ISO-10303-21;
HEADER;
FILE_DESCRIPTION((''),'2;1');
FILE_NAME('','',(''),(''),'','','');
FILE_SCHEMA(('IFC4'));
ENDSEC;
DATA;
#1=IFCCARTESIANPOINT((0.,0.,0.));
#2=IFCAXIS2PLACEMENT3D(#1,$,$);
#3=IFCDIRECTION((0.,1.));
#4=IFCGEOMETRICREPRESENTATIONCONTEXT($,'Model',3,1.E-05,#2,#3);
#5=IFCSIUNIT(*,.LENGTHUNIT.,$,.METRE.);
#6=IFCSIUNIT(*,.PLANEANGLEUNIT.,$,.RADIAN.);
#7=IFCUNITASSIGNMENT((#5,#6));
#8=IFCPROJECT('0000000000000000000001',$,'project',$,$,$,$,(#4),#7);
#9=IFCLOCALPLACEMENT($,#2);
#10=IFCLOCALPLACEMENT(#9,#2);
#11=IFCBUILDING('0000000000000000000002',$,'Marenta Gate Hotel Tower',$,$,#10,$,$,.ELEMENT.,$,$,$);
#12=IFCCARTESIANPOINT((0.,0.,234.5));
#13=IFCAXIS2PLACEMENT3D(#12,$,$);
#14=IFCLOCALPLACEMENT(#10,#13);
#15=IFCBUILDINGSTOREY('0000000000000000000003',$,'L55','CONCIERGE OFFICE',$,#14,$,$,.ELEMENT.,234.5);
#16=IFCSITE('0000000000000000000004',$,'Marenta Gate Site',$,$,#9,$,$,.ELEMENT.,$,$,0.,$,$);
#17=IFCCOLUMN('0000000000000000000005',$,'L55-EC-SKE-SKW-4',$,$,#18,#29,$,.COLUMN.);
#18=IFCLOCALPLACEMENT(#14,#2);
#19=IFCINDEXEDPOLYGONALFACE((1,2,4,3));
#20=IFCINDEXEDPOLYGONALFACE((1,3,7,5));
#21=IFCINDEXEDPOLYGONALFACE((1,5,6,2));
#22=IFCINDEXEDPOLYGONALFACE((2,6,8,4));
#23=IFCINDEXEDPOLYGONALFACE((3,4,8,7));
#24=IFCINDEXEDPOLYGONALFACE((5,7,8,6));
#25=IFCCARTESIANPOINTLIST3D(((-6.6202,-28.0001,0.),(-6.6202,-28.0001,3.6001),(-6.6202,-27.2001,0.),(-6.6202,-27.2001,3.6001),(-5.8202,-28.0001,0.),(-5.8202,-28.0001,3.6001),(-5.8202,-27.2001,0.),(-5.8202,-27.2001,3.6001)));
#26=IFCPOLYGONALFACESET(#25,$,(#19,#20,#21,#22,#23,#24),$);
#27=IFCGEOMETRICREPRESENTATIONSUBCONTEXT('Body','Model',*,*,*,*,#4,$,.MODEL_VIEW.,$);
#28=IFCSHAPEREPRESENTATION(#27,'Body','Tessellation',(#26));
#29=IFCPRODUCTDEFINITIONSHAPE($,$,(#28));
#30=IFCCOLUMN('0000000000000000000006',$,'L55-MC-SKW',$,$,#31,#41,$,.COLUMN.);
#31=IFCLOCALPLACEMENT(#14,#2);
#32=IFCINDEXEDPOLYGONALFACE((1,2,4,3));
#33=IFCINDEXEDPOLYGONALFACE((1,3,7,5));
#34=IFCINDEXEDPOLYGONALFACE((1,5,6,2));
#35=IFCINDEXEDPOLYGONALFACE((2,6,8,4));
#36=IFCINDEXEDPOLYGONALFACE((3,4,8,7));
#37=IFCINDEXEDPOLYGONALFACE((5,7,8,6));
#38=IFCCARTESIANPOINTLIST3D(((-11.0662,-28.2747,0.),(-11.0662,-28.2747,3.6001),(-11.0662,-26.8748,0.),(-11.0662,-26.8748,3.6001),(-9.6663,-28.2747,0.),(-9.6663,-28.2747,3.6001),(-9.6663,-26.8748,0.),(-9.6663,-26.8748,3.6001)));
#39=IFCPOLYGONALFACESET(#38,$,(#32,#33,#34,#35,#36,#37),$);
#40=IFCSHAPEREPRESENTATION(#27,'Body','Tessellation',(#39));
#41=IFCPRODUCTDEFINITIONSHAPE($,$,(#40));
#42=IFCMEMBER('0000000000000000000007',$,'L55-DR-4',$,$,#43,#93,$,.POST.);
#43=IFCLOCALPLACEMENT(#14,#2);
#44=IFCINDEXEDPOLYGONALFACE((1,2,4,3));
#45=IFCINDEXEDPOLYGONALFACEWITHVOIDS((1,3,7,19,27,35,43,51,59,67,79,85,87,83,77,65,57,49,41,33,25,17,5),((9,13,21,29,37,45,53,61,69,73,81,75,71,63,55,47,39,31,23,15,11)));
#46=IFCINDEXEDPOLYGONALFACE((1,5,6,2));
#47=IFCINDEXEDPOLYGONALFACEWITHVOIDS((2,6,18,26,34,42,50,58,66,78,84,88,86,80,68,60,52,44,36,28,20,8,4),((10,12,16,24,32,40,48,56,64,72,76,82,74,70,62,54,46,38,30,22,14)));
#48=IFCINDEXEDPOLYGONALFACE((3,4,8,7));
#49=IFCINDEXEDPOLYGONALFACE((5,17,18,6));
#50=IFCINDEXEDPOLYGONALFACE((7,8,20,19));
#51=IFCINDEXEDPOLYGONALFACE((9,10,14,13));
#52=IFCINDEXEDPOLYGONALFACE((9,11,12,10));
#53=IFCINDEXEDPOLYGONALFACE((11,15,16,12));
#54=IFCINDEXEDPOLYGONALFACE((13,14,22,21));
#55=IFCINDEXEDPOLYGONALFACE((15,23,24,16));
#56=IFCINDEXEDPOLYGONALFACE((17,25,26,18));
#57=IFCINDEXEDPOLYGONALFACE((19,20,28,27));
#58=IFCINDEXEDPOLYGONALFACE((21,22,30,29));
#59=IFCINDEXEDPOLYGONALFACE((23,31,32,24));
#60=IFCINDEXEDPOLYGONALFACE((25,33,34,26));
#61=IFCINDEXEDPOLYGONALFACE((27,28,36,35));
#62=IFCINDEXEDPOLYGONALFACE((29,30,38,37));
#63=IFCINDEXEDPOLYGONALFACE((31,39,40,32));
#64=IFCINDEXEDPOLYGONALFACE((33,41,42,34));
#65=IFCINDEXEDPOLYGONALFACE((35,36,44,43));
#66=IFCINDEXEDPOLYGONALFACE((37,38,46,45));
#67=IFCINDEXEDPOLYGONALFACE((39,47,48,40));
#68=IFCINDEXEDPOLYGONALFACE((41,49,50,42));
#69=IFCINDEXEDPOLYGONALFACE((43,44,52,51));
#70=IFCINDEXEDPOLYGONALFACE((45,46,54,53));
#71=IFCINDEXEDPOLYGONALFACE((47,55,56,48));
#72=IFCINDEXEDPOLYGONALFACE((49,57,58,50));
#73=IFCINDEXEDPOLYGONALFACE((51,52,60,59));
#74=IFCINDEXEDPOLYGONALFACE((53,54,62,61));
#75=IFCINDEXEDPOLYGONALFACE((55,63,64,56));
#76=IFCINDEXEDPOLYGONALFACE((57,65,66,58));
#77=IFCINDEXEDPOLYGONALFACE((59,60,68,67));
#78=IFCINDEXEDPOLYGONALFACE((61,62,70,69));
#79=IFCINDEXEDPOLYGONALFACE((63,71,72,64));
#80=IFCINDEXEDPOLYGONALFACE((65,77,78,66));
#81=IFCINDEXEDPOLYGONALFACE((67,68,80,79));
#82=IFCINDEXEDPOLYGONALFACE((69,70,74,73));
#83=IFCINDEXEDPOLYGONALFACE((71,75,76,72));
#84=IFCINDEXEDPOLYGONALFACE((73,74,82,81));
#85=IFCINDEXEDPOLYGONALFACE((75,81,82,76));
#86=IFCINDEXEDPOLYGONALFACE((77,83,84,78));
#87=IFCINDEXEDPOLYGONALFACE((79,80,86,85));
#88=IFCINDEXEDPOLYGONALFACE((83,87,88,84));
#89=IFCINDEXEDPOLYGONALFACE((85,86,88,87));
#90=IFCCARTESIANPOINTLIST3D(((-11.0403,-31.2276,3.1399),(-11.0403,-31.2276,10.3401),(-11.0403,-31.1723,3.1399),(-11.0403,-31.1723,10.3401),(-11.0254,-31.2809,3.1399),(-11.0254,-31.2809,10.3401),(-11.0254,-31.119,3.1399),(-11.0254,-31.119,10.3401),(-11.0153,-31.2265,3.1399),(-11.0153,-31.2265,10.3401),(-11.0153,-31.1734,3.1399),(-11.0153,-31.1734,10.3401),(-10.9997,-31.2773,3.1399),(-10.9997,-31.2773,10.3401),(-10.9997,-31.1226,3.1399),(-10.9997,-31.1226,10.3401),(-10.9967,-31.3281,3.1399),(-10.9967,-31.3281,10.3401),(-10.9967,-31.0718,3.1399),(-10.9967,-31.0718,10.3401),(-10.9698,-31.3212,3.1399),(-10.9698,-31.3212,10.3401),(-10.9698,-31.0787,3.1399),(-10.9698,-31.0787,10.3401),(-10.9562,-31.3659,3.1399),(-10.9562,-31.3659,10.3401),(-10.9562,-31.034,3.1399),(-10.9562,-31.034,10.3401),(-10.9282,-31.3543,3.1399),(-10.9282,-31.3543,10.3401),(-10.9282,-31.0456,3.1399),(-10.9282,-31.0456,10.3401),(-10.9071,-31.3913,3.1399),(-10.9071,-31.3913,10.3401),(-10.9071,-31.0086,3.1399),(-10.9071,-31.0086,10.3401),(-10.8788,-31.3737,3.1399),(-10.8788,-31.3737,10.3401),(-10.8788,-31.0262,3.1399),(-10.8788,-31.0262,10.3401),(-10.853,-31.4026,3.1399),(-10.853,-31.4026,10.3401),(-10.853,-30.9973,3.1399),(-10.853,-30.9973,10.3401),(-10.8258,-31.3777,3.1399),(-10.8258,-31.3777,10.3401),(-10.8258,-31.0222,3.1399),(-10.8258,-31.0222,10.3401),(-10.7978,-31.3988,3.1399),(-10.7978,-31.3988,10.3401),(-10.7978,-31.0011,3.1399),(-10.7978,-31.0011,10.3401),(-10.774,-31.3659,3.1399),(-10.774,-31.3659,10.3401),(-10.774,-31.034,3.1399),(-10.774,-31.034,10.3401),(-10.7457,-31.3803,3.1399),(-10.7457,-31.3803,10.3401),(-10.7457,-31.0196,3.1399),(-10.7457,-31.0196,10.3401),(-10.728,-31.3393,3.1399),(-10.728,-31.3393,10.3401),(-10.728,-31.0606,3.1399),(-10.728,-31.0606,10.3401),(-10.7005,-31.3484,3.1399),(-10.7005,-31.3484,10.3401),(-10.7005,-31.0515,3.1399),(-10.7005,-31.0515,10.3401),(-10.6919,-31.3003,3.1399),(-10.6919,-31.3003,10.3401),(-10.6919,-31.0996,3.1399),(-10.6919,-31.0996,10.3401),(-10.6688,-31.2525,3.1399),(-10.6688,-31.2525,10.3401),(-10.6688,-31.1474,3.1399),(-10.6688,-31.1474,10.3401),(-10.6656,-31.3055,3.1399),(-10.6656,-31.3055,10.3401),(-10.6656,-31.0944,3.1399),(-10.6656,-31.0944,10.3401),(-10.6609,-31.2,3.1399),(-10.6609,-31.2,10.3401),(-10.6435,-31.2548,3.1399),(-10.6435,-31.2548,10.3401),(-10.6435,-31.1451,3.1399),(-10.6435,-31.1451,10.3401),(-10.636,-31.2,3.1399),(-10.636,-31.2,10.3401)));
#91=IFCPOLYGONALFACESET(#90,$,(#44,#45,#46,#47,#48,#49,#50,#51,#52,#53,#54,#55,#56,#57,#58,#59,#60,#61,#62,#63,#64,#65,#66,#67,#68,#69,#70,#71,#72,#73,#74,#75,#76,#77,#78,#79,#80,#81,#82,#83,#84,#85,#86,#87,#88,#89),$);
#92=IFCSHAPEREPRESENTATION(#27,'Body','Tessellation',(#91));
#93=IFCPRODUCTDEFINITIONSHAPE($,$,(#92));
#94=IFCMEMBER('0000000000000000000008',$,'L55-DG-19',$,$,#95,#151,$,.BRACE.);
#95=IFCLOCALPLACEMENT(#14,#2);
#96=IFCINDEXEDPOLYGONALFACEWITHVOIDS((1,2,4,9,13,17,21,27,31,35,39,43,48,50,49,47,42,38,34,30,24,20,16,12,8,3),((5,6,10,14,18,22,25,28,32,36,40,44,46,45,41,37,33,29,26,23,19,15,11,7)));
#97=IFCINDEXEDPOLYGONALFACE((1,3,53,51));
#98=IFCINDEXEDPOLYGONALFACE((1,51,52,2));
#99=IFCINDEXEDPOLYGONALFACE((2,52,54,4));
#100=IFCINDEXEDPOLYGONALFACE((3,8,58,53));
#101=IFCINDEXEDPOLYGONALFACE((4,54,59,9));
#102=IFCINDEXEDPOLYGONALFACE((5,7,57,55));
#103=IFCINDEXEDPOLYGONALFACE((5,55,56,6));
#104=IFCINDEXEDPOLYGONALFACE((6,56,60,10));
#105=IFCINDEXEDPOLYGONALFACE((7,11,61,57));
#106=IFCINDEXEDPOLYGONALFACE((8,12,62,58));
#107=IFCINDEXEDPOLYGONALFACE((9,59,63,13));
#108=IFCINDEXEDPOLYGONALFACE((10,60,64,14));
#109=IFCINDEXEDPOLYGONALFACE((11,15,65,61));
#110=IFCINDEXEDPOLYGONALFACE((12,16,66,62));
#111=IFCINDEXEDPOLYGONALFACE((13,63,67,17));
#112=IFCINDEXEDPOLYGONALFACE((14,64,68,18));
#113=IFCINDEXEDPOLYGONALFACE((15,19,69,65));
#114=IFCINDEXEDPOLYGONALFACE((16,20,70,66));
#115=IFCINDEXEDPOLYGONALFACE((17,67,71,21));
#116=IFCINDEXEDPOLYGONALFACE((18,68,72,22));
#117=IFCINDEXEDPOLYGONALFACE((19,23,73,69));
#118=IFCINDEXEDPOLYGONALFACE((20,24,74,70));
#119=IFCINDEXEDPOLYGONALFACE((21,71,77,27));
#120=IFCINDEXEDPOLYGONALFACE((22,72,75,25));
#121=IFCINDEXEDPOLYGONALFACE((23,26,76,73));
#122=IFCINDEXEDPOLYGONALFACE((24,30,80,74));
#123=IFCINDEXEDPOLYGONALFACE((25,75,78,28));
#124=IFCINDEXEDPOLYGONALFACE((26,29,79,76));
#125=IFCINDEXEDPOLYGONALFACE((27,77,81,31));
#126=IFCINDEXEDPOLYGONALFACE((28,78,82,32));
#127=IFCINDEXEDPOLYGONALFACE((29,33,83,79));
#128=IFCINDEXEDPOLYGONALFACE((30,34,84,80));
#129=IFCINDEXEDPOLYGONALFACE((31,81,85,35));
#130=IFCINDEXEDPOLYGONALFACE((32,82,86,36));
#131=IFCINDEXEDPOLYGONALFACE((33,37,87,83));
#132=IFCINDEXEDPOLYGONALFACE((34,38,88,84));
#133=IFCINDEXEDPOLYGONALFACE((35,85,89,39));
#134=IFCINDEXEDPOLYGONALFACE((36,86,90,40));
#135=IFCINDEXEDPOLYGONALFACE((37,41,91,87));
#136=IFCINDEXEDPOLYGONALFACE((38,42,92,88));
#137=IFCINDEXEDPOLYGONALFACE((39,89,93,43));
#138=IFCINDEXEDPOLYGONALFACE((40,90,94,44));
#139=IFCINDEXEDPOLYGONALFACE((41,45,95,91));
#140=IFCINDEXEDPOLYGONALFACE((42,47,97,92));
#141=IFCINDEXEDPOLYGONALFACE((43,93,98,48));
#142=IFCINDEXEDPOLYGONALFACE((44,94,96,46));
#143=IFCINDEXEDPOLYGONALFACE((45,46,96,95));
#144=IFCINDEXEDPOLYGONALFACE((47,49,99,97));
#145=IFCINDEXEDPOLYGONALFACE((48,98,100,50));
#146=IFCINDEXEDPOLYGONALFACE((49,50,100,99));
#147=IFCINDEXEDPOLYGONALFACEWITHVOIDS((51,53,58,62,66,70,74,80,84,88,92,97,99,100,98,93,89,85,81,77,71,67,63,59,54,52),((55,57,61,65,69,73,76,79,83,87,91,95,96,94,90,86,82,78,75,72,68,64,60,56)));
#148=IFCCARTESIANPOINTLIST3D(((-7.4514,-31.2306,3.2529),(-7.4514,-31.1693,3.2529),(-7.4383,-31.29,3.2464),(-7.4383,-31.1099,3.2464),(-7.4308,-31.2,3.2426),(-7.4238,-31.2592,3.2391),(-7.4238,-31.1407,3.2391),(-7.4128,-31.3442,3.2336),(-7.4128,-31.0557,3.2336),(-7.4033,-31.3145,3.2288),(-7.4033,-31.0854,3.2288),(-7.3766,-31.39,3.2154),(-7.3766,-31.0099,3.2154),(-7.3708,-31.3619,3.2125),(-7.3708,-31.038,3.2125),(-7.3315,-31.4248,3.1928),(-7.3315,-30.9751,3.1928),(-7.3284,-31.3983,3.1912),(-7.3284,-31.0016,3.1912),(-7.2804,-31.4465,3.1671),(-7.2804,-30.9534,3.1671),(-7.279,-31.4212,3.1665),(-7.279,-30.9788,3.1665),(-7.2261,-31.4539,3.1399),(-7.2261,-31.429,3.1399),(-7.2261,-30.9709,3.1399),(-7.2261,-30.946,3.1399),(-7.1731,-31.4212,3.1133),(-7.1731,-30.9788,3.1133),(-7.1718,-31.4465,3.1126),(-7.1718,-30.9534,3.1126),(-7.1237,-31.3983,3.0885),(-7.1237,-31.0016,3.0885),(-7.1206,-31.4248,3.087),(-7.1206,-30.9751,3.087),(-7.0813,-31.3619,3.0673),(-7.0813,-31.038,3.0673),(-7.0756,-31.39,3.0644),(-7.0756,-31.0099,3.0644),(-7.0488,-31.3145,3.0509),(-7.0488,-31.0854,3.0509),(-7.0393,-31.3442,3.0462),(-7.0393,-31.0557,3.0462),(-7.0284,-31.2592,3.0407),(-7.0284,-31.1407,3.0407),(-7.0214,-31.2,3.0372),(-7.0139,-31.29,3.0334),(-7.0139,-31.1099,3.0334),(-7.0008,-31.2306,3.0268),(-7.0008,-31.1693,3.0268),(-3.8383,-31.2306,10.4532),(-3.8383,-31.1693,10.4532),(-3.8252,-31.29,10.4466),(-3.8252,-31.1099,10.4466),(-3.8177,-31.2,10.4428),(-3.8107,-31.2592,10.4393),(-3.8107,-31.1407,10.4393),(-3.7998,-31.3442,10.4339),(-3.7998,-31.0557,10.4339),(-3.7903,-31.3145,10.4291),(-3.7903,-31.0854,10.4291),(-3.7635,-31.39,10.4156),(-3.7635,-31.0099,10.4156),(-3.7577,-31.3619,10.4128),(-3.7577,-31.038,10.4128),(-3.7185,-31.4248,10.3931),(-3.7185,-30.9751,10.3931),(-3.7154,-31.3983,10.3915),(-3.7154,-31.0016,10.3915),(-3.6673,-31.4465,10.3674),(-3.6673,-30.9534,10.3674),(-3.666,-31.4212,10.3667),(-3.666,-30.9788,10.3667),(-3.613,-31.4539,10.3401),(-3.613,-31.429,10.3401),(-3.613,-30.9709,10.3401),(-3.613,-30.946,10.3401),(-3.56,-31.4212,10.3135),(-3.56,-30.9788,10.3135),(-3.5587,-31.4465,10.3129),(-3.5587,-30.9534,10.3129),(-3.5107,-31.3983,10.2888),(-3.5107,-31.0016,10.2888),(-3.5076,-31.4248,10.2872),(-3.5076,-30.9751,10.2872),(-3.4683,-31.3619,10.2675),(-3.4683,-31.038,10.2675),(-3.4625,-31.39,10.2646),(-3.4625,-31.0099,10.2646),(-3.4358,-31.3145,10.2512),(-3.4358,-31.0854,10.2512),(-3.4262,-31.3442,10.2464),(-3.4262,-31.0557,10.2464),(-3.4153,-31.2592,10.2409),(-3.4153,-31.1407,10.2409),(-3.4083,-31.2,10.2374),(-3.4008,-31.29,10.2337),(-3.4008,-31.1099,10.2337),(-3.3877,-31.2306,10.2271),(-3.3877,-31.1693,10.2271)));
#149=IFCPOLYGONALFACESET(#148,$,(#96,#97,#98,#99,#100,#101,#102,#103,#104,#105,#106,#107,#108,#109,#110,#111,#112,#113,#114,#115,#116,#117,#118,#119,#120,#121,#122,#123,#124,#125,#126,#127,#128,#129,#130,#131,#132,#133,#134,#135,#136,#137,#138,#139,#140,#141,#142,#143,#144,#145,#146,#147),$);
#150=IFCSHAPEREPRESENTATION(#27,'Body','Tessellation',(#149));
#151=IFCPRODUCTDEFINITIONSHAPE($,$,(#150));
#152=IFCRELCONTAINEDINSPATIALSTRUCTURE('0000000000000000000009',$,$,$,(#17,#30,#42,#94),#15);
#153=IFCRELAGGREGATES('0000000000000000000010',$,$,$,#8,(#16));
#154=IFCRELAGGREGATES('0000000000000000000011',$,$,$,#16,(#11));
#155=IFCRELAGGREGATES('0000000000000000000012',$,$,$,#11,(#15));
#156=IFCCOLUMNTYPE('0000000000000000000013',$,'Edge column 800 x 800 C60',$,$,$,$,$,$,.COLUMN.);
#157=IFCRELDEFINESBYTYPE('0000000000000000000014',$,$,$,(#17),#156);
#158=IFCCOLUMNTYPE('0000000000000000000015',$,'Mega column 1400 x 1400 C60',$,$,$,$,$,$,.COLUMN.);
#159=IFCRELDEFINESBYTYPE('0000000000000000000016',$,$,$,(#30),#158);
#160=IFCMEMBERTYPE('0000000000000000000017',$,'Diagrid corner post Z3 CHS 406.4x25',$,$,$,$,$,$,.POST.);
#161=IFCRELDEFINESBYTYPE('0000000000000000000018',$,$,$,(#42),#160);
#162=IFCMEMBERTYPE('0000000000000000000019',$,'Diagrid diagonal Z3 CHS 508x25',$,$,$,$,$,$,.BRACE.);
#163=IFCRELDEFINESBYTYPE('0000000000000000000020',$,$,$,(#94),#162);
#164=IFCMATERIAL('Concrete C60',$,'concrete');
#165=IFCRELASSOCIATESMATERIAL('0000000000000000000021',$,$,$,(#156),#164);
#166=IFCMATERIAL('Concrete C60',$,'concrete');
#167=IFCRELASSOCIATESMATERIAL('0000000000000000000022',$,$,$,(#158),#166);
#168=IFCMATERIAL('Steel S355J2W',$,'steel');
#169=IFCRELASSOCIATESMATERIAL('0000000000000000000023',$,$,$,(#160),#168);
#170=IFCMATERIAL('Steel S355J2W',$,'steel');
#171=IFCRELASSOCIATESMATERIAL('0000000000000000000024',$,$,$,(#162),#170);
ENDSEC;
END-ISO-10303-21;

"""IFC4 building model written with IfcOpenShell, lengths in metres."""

from ifc_helpers import new_model, si_unit, direction, frame, origin, origin_2d, place, context, subcontext, project, spatial, rectangle, hollow_circle, extrude, material, material_profile, profile_set, type_object, element, save


model = new_model("IFC4")

# Units and contexts
model_context = context("Model", 3, precision=1e-05, world=origin(), true_north=direction((0.0, 1.0)))
body_context = subcontext(model_context, "Body", "Model", "MODEL_VIEW")
ifc_project = project(units=[si_unit("LENGTHUNIT", "METRE"), si_unit("PLANEANGLEUNIT", "RADIAN")], contexts=[model_context])

# Site, building, storey
site_placement = place(None, origin())
site = spatial("IfcSite", under=ifc_project, at=site_placement, Name="Marenta Gate Site", CompositionType="ELEMENT", RefElevation=0.0)
building_placement = place(site_placement, origin())
building = spatial("IfcBuilding", under=site, at=building_placement, Name="Marenta Gate Hotel Tower", CompositionType="ELEMENT")
storey_placement = place(building_placement, frame((0.0, 0.0, 234.5)))
storey = spatial("IfcBuildingStorey", under=building, at=storey_placement, Name="L55", Description="CONCIERGE OFFICE", CompositionType="ELEMENT", Elevation=234.5)

# Columns
ifc_material_1 = material(Name="Concrete C60", Category="concrete")
ifc_material_profile_1 = material_profile(ifc_material_1, rectangle(XDim=0.8, YDim=0.8, at=origin_2d()), Name="800 x 800")
ifc_profile_set_1 = profile_set([ifc_material_profile_1], Name="Concrete C60")
column_type_1 = type_object("IfcColumnType", Name="Edge column 800 x 800 C60", PredefinedType="COLUMN", material=ifc_profile_set_1)
column_1_placement = place(storey_placement, frame((-6.2202, -27.6001, 0.0), z_axis=(0.0, 0.0, 1.0), x_axis=(1.0, 0.0, 0.0)))
element("IfcColumn", 1, at=column_1_placement, inside=storey, type_object=column_type_1, Name="L55-EC-SKE-SKW-4", PredefinedType="COLUMN", context=body_context, shape_type="SweptSolid", body=[
    extrude(rectangle(XDim=0.8, YDim=0.8, at=origin_2d()), origin(), (0.0, 0.0, 1.0), 3.6001),
])
ifc_material_2 = material(Name="Concrete C60", Category="concrete")
ifc_material_profile_2 = material_profile(ifc_material_2, rectangle(XDim=1.3999, YDim=1.3999, at=origin_2d()), Name="1400 x 1400")
ifc_profile_set_2 = profile_set([ifc_material_profile_2], Name="Concrete C60")
column_type_2 = type_object("IfcColumnType", Name="Mega column 1400 x 1400 C60", PredefinedType="COLUMN", material=ifc_profile_set_2)
column_2_placement = place(storey_placement, frame((-10.3662, -27.5747, 0.0), z_axis=(0.0, 0.0, 1.0), x_axis=(1.0, 0.0, 0.0)))
element("IfcColumn", 2, at=column_2_placement, inside=storey, type_object=column_type_2, Name="L55-MC-SKW", PredefinedType="COLUMN", context=body_context, shape_type="SweptSolid", body=[
    extrude(rectangle(XDim=1.3999, YDim=1.3999, at=origin_2d()), origin(), (0.0, 0.0, 1.0), 3.6001),
])

# Members
ifc_material_3 = material(Name="Steel S355J2W", Category="steel")
ifc_material_profile_3 = material_profile(ifc_material_3, hollow_circle(Radius=0.2031, WallThickness=0.0249, at=origin_2d()), Name="CHS 406.4x25")
ifc_profile_set_3 = profile_set([ifc_material_profile_3], Name="Steel S355J2W")
member_type_1 = type_object("IfcMemberType", Name="Diagrid corner post Z3 CHS 406.4x25", PredefinedType="POST", material=ifc_profile_set_3)
member_1_placement = place(storey_placement, frame((-10.8391, -31.2, 3.1399), z_axis=(0.0, 0.0, 1.0), x_axis=(1.0, 0.0, 0.0)))
element("IfcMember", 3, at=member_1_placement, inside=storey, type_object=member_type_1, Name="L55-DR-4", PredefinedType="POST", context=body_context, shape_type="SweptSolid", body=[
    extrude(hollow_circle(Radius=0.2031, WallThickness=0.0249, at=origin_2d()), origin(), (0.0, 0.0, 1.0), 7.2002),
])
ifc_material_4 = material(Name="Steel S355J2W", Category="steel")
ifc_material_profile_4 = material_profile(ifc_material_4, hollow_circle(Radius=0.2539, WallThickness=0.0249, at=origin_2d()), Name="CHS 508x25")
ifc_profile_set_4 = profile_set([ifc_material_profile_4], Name="Steel S355J2W")
member_type_2 = type_object("IfcMemberType", Name="Diagrid diagonal Z3 CHS 508x25", PredefinedType="BRACE", material=ifc_profile_set_4)
for number, where, z_axis, x_axis, name in (
    (4, (-7.2261, -31.2, 3.1399), (0.448498, 0.0, 0.893784), (0.0, 1.0, 0.0), "L55-DG-19"),
):
    element("IfcMember", number, at=place(storey_placement, frame(where, z_axis=z_axis, x_axis=x_axis)), inside=storey, type_object=member_type_2, Name=name, PredefinedType="BRACE", context=body_context, shape_type="SweptSolid", body=[
        extrude(hollow_circle(Radius=0.2539, WallThickness=0.0249, at=origin_2d()), origin(), (0.0, 0.0, 1.0), 8.0559),
    ])

save(model, "model.ifc")
